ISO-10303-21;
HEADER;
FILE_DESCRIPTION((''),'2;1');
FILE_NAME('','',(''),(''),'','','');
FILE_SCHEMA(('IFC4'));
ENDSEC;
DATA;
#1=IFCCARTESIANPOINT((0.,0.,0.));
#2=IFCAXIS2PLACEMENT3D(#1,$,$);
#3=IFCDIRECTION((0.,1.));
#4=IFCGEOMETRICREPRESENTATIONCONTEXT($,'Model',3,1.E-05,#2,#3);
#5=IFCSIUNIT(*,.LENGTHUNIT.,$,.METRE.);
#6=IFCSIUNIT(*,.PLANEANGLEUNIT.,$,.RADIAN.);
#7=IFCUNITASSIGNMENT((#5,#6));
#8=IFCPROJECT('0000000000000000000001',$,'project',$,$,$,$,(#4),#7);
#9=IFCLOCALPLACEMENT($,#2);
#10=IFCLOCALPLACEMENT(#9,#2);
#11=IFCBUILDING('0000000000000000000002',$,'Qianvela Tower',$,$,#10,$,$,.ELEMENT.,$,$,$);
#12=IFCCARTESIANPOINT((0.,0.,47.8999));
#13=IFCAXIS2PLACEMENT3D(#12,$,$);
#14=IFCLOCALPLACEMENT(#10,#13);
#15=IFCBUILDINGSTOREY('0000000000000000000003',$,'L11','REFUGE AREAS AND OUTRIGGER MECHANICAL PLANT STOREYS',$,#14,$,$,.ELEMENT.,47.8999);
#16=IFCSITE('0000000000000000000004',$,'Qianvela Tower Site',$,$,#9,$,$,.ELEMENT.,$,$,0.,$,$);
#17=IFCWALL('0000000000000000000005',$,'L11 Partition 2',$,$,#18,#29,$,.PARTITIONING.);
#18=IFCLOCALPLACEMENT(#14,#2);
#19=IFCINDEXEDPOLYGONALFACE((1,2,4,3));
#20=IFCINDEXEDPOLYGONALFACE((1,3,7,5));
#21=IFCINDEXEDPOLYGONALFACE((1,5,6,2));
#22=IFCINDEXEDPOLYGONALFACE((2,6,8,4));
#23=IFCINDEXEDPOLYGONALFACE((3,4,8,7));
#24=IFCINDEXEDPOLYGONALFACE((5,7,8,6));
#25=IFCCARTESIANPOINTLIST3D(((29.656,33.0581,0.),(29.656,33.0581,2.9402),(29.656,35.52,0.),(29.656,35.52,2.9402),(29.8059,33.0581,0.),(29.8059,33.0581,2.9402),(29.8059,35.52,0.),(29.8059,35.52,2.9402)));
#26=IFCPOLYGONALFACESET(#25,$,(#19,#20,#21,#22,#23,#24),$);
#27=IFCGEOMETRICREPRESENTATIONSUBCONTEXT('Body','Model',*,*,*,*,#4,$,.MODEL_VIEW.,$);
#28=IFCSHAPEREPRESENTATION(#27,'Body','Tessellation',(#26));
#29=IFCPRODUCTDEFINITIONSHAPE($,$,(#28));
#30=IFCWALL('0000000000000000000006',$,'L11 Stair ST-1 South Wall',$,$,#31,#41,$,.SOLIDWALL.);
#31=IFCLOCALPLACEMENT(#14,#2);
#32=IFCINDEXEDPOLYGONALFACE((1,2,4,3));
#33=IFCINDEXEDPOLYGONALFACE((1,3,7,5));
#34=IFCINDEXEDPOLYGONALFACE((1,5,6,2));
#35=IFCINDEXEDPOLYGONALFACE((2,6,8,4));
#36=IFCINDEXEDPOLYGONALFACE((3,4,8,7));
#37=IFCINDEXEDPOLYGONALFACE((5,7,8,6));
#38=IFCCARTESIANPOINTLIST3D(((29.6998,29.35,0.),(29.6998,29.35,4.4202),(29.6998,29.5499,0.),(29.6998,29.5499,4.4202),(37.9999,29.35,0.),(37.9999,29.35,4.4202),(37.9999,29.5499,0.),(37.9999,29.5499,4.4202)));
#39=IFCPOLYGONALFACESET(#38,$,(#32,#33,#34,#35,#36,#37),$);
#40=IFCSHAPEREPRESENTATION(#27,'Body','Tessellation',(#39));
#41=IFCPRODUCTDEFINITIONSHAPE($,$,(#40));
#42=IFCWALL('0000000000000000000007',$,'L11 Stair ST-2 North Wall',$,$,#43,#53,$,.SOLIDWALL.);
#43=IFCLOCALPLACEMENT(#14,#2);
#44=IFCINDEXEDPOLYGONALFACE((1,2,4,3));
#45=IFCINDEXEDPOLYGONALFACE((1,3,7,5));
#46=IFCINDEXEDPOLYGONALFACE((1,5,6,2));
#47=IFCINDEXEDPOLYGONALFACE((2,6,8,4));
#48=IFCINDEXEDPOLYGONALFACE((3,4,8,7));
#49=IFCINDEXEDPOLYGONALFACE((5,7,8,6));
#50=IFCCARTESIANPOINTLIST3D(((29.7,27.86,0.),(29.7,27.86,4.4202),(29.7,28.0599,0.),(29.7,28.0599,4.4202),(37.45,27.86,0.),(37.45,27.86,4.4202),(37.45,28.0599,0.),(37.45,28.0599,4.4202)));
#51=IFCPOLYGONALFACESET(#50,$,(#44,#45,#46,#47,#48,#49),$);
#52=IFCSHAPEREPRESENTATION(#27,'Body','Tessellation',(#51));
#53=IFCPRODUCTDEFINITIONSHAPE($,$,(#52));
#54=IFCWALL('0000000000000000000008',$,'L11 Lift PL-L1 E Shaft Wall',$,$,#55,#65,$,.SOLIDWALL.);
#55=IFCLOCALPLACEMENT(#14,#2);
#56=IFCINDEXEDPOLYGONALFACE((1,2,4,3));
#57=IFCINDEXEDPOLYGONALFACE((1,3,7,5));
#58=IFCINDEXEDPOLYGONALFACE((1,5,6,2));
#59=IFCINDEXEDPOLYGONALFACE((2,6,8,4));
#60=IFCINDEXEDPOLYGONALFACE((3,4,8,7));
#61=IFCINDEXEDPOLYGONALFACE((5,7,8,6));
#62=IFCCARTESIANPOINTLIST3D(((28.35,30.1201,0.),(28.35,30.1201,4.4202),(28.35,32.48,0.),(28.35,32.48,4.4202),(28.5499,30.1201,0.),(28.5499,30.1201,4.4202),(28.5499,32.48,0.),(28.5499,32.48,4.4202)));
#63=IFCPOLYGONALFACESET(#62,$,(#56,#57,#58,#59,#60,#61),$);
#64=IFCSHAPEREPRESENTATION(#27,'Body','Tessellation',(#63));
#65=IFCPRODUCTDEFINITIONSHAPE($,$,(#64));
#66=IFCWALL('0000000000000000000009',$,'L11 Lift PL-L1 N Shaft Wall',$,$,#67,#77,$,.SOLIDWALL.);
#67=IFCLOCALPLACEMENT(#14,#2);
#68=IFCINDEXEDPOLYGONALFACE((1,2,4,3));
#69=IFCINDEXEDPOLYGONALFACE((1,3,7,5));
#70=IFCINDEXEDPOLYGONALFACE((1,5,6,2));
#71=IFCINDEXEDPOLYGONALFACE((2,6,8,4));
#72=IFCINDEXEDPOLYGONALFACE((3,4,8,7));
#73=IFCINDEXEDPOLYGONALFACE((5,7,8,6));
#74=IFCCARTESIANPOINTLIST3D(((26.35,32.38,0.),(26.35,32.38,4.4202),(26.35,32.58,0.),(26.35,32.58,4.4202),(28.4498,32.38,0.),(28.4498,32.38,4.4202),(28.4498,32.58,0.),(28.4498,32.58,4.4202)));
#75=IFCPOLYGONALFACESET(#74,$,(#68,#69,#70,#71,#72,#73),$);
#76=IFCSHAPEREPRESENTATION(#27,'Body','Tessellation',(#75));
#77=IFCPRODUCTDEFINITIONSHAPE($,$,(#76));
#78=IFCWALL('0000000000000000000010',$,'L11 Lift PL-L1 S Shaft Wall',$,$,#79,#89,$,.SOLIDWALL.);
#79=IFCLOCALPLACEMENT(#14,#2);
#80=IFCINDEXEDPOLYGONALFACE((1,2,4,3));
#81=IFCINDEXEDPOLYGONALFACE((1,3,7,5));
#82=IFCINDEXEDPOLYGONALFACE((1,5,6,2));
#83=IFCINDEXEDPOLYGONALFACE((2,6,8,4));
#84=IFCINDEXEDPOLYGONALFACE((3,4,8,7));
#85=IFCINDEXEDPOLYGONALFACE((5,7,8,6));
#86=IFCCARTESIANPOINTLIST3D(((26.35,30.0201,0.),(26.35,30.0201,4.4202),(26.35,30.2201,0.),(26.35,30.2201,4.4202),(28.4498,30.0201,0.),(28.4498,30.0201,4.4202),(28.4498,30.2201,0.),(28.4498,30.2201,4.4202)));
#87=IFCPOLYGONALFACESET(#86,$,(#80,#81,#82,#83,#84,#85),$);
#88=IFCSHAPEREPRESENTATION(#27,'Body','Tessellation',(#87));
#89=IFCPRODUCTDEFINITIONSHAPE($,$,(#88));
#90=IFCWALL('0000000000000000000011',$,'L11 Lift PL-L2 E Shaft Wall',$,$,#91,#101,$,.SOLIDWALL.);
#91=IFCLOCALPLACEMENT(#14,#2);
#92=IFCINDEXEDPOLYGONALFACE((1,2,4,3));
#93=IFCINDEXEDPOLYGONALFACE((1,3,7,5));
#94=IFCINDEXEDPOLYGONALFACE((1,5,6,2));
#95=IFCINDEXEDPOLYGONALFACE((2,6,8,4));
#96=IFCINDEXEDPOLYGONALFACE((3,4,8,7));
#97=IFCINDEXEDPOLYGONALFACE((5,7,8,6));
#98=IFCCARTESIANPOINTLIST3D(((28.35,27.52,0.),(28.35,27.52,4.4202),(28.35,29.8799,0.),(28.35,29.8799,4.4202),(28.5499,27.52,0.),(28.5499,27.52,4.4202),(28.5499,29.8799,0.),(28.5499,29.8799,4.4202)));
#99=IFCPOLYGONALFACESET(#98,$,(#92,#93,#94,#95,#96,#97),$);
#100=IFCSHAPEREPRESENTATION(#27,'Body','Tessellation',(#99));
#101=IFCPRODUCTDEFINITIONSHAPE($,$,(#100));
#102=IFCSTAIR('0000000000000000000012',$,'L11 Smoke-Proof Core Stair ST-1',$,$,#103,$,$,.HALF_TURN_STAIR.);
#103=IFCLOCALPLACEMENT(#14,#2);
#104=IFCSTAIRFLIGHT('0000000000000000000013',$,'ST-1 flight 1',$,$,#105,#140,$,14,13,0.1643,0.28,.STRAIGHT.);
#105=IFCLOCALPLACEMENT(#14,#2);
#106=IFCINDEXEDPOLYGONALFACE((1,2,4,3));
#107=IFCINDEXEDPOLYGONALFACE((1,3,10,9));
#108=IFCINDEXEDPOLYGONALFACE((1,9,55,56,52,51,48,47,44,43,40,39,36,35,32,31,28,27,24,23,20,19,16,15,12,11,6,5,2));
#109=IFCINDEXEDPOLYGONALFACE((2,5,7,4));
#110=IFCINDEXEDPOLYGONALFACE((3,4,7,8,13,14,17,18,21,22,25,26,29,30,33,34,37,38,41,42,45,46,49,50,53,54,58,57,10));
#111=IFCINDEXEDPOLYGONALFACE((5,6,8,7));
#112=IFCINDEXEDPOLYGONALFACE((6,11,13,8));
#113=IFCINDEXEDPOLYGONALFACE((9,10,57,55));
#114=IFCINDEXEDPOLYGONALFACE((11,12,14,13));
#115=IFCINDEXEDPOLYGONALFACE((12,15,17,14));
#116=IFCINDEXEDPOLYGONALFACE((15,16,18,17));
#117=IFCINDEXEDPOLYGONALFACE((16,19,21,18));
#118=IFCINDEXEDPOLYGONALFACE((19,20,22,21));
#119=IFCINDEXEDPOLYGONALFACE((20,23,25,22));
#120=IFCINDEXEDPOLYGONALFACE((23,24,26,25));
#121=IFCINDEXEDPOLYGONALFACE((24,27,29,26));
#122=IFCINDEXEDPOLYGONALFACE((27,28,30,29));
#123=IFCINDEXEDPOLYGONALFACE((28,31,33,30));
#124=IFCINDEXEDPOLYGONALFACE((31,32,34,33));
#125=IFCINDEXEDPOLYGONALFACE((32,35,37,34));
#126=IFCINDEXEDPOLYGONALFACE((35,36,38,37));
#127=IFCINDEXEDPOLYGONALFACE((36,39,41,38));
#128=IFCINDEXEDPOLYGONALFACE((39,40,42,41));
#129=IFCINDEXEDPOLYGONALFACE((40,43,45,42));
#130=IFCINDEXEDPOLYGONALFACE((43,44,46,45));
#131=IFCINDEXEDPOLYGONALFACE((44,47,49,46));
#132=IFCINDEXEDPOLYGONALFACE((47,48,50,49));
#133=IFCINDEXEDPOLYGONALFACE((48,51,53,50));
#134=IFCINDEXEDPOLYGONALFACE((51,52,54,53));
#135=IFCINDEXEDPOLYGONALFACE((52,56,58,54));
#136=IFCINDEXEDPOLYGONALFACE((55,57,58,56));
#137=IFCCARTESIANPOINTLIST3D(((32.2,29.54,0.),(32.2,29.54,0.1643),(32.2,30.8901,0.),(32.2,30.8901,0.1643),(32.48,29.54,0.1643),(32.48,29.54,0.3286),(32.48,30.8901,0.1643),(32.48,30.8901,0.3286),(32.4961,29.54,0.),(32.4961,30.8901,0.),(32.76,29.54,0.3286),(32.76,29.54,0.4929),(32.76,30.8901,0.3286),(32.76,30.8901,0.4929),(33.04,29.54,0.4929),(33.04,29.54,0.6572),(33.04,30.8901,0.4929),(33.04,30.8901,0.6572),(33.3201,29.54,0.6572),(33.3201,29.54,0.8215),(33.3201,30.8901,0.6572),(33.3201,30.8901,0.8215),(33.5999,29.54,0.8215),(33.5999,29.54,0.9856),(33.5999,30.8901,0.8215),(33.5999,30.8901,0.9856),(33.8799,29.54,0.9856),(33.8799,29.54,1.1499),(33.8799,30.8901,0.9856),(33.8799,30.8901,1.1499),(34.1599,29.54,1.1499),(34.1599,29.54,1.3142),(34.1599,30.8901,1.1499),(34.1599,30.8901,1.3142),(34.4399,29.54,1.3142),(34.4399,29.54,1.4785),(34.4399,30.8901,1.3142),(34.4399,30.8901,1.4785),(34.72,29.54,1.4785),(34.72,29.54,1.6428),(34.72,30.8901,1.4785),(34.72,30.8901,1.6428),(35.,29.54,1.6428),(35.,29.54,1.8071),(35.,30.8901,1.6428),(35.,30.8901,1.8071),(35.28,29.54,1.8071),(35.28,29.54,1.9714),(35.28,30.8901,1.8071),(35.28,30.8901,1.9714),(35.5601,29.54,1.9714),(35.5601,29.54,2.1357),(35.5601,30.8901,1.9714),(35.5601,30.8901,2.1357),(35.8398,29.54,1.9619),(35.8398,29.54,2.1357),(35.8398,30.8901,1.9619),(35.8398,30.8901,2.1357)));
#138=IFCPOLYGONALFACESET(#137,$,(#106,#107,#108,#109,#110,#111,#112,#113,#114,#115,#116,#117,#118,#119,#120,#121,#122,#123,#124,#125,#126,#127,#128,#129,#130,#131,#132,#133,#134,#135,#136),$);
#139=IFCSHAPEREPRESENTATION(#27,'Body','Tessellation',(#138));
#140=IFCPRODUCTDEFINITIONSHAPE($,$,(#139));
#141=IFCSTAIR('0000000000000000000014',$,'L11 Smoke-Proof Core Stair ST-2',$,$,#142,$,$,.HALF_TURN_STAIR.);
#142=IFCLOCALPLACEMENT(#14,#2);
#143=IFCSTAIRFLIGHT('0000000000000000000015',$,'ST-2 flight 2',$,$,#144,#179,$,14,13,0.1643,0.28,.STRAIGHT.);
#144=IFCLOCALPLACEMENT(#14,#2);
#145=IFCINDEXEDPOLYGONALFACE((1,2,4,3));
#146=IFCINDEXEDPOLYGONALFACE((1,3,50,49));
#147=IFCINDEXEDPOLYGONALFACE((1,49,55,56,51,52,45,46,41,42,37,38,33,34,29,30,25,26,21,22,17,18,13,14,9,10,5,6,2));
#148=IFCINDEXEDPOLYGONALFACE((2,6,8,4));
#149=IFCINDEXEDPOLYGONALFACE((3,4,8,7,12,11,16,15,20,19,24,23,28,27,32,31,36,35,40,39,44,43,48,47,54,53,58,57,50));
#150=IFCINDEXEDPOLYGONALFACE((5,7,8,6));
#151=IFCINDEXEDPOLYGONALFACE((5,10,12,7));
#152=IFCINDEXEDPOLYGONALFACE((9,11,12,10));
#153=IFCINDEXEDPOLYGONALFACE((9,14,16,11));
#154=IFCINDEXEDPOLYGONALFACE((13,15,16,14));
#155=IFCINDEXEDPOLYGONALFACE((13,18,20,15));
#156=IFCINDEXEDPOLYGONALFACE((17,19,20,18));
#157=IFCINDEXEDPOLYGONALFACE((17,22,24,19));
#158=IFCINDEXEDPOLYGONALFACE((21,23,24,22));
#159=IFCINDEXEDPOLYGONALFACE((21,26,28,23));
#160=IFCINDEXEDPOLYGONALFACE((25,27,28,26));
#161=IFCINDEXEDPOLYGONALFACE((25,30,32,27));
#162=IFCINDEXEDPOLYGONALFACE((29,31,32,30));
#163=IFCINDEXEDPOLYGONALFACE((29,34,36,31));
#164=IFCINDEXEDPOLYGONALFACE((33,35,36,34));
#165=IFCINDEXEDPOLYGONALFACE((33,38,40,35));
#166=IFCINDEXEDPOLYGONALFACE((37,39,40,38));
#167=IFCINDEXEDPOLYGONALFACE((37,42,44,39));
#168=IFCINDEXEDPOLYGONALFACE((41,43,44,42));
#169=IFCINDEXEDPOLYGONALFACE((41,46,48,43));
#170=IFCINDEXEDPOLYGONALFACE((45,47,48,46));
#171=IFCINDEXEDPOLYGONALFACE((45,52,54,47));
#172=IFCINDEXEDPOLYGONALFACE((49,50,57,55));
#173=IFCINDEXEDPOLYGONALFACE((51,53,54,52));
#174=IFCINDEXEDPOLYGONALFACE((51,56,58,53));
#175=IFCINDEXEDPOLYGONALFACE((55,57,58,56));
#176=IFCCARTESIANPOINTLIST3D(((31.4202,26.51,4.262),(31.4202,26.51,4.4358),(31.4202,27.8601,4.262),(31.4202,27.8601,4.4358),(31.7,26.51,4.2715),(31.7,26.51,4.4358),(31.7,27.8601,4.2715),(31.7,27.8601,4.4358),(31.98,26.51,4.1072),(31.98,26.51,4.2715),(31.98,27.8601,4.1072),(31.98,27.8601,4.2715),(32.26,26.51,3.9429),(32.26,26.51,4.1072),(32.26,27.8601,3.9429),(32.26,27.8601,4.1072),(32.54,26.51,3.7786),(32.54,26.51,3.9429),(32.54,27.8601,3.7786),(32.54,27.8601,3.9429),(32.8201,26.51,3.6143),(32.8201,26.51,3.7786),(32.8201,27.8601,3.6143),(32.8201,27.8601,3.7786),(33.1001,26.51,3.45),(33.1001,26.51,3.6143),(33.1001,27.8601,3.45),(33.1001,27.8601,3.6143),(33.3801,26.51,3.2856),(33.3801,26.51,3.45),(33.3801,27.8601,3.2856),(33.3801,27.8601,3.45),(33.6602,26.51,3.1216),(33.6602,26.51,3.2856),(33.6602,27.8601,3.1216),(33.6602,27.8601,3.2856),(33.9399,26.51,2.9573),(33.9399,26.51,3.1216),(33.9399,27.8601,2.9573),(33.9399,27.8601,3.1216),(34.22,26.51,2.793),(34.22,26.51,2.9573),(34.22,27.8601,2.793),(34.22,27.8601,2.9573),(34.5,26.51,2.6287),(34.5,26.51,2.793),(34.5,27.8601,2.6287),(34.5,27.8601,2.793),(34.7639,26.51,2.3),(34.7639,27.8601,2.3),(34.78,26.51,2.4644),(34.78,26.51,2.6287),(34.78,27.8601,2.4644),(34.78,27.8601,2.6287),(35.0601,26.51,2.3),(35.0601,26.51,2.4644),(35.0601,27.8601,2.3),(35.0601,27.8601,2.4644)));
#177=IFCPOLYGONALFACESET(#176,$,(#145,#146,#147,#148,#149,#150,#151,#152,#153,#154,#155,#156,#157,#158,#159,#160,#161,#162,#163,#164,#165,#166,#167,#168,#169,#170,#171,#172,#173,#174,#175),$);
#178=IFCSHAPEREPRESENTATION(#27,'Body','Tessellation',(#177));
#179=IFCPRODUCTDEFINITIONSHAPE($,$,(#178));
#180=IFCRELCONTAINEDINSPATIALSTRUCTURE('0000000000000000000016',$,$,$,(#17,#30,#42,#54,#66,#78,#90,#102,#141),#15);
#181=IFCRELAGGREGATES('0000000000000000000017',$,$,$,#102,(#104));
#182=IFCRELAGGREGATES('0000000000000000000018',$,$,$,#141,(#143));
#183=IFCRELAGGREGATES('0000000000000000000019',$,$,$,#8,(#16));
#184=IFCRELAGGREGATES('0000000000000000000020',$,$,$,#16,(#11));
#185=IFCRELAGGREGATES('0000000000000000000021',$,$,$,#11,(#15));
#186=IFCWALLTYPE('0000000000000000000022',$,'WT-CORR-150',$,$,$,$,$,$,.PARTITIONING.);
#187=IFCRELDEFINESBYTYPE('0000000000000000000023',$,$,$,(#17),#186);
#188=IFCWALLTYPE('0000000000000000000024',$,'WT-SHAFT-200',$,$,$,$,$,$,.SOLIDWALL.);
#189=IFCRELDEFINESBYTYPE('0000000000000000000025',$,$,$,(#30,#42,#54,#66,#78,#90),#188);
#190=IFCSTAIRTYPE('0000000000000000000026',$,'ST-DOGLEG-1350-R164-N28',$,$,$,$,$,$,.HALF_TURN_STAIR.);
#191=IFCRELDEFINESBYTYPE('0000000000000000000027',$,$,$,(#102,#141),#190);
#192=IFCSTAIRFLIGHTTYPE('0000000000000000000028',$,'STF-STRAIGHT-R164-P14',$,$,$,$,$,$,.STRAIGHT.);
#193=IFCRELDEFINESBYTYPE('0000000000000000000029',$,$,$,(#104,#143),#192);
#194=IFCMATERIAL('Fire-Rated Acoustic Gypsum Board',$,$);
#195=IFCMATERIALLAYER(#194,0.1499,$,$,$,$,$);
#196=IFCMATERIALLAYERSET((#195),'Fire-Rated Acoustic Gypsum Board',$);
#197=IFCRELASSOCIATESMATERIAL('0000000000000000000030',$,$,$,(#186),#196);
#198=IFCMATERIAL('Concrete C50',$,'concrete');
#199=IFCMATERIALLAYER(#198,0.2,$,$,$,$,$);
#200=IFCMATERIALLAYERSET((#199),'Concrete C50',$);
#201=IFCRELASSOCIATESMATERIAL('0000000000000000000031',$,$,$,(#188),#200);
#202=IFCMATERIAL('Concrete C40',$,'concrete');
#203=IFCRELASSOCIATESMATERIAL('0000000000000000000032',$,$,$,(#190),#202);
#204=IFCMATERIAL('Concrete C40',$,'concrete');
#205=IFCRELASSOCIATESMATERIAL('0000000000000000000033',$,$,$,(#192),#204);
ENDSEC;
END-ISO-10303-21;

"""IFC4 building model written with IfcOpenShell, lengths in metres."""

from ifc_helpers import new_model, si_unit, direction, frame, frame_2d, origin, place, context, subcontext, project, spatial, polyline, rectangle, outline, extrude, material, layer, layer_set, type_object, element, aggregate, save


model = new_model("IFC4")

# Units and contexts
model_context = context("Model", 3, precision=1e-05, world=origin(), true_north=direction((0.0, 1.0)))
body_context = subcontext(model_context, "Body", "Model", "MODEL_VIEW")
ifc_project = project(units=[si_unit("LENGTHUNIT", "METRE"), si_unit("PLANEANGLEUNIT", "RADIAN")], contexts=[model_context])

# Site, building, storey
site_placement = place(None, origin())
site = spatial("IfcSite", under=ifc_project, at=site_placement, Name="Qianvela Tower Site", CompositionType="ELEMENT", RefElevation=0.0)
building_placement = place(site_placement, origin())
building = spatial("IfcBuilding", under=site, at=building_placement, Name="Qianvela Tower", CompositionType="ELEMENT")
storey_placement = place(building_placement, frame((0.0, 0.0, 47.8999)))
storey = spatial("IfcBuildingStorey", under=building, at=storey_placement, Name="L11", Description="REFUGE AREAS AND OUTRIGGER MECHANICAL PLANT STOREYS", CompositionType="ELEMENT", Elevation=47.8999)

# Walls
ifc_material_1 = material(Name="Fire-Rated Acoustic Gypsum Board")
ifc_layer_1 = layer(ifc_material_1, 0.1499)
ifc_layer_set_1 = layer_set([ifc_layer_1], Name="Fire-Rated Acoustic Gypsum Board")
wall_type_1 = type_object("IfcWallType", Name="WT-CORR-150", PredefinedType="PARTITIONING", material=ifc_layer_set_1)
wall_1_placement = place(storey_placement, frame((29.731, 33.0581, 0.0), z_axis=(0.0, 0.0, 1.0), x_axis=(0.0, 1.0, 0.0)))
element("IfcWall", 1, at=wall_1_placement, inside=storey, type_object=wall_type_1, Name="L11 Partition 2", PredefinedType="PARTITIONING", context=body_context, shape_type="SweptSolid", body=[
    extrude(rectangle(XDim=2.4619, YDim=0.1499, at=frame_2d((1.231, 0.0))), origin(), (0.0, 0.0, 1.0), 2.9402),
])
ifc_material_2 = material(Name="Concrete C50", Category="concrete")
ifc_layer_2 = layer(ifc_material_2, 0.2)
ifc_layer_set_2 = layer_set([ifc_layer_2], Name="Concrete C50")
wall_type_2 = type_object("IfcWallType", Name="WT-SHAFT-200", PredefinedType="SOLIDWALL", material=ifc_layer_set_2)
wall_2_placement = place(storey_placement, frame((29.7, 29.45, 0.0), z_axis=(0.0, 0.0, 1.0), x_axis=(1.0, 0.0, 0.0)))
element("IfcWall", 2, at=wall_2_placement, inside=storey, type_object=wall_type_2, Name="L11 Stair ST-1 South Wall", PredefinedType="SOLIDWALL", context=body_context, shape_type="SweptSolid", body=[
    extrude(rectangle(XDim=8.3, YDim=0.2, at=frame_2d((4.1499, 0.0))), origin(), (0.0, 0.0, 1.0), 4.4202),
])
wall_3_placement = place(storey_placement, frame((29.7, 27.96, 0.0), z_axis=(0.0, 0.0, 1.0), x_axis=(1.0, 0.0, 0.0)))
element("IfcWall", 3, at=wall_3_placement, inside=storey, type_object=wall_type_2, Name="L11 Stair ST-2 North Wall", PredefinedType="SOLIDWALL", context=body_context, shape_type="SweptSolid", body=[
    extrude(rectangle(XDim=7.75, YDim=0.2, at=frame_2d((3.875, 0.0))), origin(), (0.0, 0.0, 1.0), 4.4202),
])
wall_4_placement = place(storey_placement, frame((28.45, 30.1201, 0.0), z_axis=(0.0, 0.0, 1.0), x_axis=(0.0, 1.0, 0.0)))
element("IfcWall", 4, at=wall_4_placement, inside=storey, type_object=wall_type_2, Name="L11 Lift PL-L1 E Shaft Wall", PredefinedType="SOLIDWALL", context=body_context, shape_type="SweptSolid", body=[
    extrude(rectangle(XDim=2.3599, YDim=0.2, at=frame_2d((1.1799, 0.0))), origin(), (0.0, 0.0, 1.0), 4.4202),
])

# Walls
for number, where, z_axis, x_axis, name in (
    (5, (26.3501, 32.48, 0.0), (0.0, 0.0, 1.0), (1.0, 0.0, 0.0), "L11 Lift PL-L1 N Shaft Wall"),
    (6, (26.3501, 30.1201, 0.0), (0.0, 0.0, 1.0), (1.0, 0.0, 0.0), "L11 Lift PL-L1 S Shaft Wall"),
):
    element("IfcWall", number, at=place(storey_placement, frame(where, z_axis=z_axis, x_axis=x_axis)), inside=storey, type_object=wall_type_2, Name=name, PredefinedType="SOLIDWALL", context=body_context, shape_type="SweptSolid", body=[
        extrude(rectangle(XDim=2.0999, YDim=0.2, at=frame_2d((1.0498, 0.0))), origin(), (0.0, 0.0, 1.0), 4.4202),
    ])
wall_5_placement = place(storey_placement, frame((28.45, 27.52, 0.0), z_axis=(0.0, 0.0, 1.0), x_axis=(0.0, 1.0, 0.0)))
element("IfcWall", 7, at=wall_5_placement, inside=storey, type_object=wall_type_2, Name="L11 Lift PL-L2 E Shaft Wall", PredefinedType="SOLIDWALL", context=body_context, shape_type="SweptSolid", body=[
    extrude(rectangle(XDim=2.3599, YDim=0.2, at=frame_2d((1.1799, 0.0))), origin(), (0.0, 0.0, 1.0), 4.4202),
])

# Stairs, stair flights
ifc_material_3 = material(Name="Concrete C40", Category="concrete")
stair_type = type_object("IfcStairType", Name="ST-DOGLEG-1350-R164-N28", PredefinedType="HALF_TURN_STAIR", material=ifc_material_3)
stair_1_placement = place(storey_placement, origin())
stair_1 = element("IfcStair", 8, at=stair_1_placement, inside=storey, type_object=stair_type, Name="L11 Smoke-Proof Core Stair ST-1", PredefinedType="HALF_TURN_STAIR")
ifc_material_4 = material(Name="Concrete C40", Category="concrete")
stair_flight_type = type_object("IfcStairFlightType", Name="STF-STRAIGHT-R164-P14", PredefinedType="STRAIGHT", material=ifc_material_4)
stair_flight_1_placement = place(storey_placement, frame((32.2, 30.2151, 0.0), z_axis=(0.0, 0.0, 1.0), x_axis=(1.0, 0.0, 0.0)))
stair_flight_1 = element("IfcStairFlight", 9, at=stair_flight_1_placement, type_object=stair_flight_type, Name="ST-1 flight 1", NumberOfRisers=14, NumberOfTreads=13, PredefinedType="STRAIGHT", RiserHeight=0.1643, TreadLength=0.28, context=body_context, shape_type="SweptSolid", body=[
    extrude(outline(polyline([(0.0, 0.0), (0.0, 0.1643), (0.28, 0.1643), (0.28, 0.3286), (0.5601, 0.3286), (0.5601, 0.4929), (0.8401, 0.4929), (0.8401, 0.6572), (1.1201, 0.6572), (1.1201, 0.8215), (1.3999, 0.8215), (1.3999, 0.9856), (1.6799, 0.9856), (1.6799, 1.1499), (1.96, 1.1499), (1.96, 1.3142), (2.24, 1.3142), (2.24, 1.4785), (2.52, 1.4785), (2.52, 1.6428), (2.8, 1.6428), (2.8, 1.8071), (3.0801, 1.8071), (3.0801, 1.9714), (3.3601, 1.9714), (3.3601, 2.1357), (3.6399, 2.1357), (3.6399, 2.3), (3.6399, 1.9619), (0.2961, 0.0), (0.0, 0.0)])), frame((0.0, 0.675, 0.0), z_axis=(0.0, -1.0, 0.0), x_axis=(1.0, 0.0, 0.0)), (0.0, 0.0, 1.0), 1.3501),
])
aggregate(stair_1, [stair_flight_1])
stair_2_placement = place(storey_placement, origin())
stair_2 = element("IfcStair", 10, at=stair_2_placement, inside=storey, type_object=stair_type, Name="L11 Smoke-Proof Core Stair ST-2", PredefinedType="HALF_TURN_STAIR")
stair_flight_2_placement = place(storey_placement, frame((35.0601, 27.1851, 2.3), z_axis=(0.0, 0.0, 1.0), x_axis=(-1.0, 0.0, 0.0)))
stair_flight_2 = element("IfcStairFlight", 11, at=stair_flight_2_placement, type_object=stair_flight_type, Name="ST-2 flight 2", NumberOfRisers=14, NumberOfTreads=13, PredefinedType="STRAIGHT", RiserHeight=0.1643, TreadLength=0.28, context=body_context, shape_type="SweptSolid", body=[
    extrude(outline(polyline([(0.0, 0.0), (0.0, 0.1643), (0.28, 0.1643), (0.28, 0.3286), (0.5601, 0.3286), (0.5601, 0.4929), (0.8401, 0.4929), (0.8401, 0.6572), (1.1201, 0.6572), (1.1201, 0.8215), (1.3999, 0.8215), (1.3999, 0.9856), (1.6799, 0.9856), (1.6799, 1.1499), (1.96, 1.1499), (1.96, 1.3142), (2.24, 1.3142), (2.24, 1.4785), (2.52, 1.4785), (2.52, 1.6428), (2.8, 1.6428), (2.8, 1.8071), (3.0801, 1.8071), (3.0801, 1.9714), (3.3601, 1.9714), (3.3601, 2.1357), (3.6399, 2.1357), (3.6399, 2.3), (3.6399, 1.9619), (0.2961, 0.0), (0.0, 0.0)])), frame((0.0, 0.675, 0.0), z_axis=(0.0, -1.0, 0.0), x_axis=(1.0, 0.0, 0.0)), (0.0, 0.0, 1.0), 1.3501),
])
aggregate(stair_2, [stair_flight_2])

save(model, "model.ifc")
